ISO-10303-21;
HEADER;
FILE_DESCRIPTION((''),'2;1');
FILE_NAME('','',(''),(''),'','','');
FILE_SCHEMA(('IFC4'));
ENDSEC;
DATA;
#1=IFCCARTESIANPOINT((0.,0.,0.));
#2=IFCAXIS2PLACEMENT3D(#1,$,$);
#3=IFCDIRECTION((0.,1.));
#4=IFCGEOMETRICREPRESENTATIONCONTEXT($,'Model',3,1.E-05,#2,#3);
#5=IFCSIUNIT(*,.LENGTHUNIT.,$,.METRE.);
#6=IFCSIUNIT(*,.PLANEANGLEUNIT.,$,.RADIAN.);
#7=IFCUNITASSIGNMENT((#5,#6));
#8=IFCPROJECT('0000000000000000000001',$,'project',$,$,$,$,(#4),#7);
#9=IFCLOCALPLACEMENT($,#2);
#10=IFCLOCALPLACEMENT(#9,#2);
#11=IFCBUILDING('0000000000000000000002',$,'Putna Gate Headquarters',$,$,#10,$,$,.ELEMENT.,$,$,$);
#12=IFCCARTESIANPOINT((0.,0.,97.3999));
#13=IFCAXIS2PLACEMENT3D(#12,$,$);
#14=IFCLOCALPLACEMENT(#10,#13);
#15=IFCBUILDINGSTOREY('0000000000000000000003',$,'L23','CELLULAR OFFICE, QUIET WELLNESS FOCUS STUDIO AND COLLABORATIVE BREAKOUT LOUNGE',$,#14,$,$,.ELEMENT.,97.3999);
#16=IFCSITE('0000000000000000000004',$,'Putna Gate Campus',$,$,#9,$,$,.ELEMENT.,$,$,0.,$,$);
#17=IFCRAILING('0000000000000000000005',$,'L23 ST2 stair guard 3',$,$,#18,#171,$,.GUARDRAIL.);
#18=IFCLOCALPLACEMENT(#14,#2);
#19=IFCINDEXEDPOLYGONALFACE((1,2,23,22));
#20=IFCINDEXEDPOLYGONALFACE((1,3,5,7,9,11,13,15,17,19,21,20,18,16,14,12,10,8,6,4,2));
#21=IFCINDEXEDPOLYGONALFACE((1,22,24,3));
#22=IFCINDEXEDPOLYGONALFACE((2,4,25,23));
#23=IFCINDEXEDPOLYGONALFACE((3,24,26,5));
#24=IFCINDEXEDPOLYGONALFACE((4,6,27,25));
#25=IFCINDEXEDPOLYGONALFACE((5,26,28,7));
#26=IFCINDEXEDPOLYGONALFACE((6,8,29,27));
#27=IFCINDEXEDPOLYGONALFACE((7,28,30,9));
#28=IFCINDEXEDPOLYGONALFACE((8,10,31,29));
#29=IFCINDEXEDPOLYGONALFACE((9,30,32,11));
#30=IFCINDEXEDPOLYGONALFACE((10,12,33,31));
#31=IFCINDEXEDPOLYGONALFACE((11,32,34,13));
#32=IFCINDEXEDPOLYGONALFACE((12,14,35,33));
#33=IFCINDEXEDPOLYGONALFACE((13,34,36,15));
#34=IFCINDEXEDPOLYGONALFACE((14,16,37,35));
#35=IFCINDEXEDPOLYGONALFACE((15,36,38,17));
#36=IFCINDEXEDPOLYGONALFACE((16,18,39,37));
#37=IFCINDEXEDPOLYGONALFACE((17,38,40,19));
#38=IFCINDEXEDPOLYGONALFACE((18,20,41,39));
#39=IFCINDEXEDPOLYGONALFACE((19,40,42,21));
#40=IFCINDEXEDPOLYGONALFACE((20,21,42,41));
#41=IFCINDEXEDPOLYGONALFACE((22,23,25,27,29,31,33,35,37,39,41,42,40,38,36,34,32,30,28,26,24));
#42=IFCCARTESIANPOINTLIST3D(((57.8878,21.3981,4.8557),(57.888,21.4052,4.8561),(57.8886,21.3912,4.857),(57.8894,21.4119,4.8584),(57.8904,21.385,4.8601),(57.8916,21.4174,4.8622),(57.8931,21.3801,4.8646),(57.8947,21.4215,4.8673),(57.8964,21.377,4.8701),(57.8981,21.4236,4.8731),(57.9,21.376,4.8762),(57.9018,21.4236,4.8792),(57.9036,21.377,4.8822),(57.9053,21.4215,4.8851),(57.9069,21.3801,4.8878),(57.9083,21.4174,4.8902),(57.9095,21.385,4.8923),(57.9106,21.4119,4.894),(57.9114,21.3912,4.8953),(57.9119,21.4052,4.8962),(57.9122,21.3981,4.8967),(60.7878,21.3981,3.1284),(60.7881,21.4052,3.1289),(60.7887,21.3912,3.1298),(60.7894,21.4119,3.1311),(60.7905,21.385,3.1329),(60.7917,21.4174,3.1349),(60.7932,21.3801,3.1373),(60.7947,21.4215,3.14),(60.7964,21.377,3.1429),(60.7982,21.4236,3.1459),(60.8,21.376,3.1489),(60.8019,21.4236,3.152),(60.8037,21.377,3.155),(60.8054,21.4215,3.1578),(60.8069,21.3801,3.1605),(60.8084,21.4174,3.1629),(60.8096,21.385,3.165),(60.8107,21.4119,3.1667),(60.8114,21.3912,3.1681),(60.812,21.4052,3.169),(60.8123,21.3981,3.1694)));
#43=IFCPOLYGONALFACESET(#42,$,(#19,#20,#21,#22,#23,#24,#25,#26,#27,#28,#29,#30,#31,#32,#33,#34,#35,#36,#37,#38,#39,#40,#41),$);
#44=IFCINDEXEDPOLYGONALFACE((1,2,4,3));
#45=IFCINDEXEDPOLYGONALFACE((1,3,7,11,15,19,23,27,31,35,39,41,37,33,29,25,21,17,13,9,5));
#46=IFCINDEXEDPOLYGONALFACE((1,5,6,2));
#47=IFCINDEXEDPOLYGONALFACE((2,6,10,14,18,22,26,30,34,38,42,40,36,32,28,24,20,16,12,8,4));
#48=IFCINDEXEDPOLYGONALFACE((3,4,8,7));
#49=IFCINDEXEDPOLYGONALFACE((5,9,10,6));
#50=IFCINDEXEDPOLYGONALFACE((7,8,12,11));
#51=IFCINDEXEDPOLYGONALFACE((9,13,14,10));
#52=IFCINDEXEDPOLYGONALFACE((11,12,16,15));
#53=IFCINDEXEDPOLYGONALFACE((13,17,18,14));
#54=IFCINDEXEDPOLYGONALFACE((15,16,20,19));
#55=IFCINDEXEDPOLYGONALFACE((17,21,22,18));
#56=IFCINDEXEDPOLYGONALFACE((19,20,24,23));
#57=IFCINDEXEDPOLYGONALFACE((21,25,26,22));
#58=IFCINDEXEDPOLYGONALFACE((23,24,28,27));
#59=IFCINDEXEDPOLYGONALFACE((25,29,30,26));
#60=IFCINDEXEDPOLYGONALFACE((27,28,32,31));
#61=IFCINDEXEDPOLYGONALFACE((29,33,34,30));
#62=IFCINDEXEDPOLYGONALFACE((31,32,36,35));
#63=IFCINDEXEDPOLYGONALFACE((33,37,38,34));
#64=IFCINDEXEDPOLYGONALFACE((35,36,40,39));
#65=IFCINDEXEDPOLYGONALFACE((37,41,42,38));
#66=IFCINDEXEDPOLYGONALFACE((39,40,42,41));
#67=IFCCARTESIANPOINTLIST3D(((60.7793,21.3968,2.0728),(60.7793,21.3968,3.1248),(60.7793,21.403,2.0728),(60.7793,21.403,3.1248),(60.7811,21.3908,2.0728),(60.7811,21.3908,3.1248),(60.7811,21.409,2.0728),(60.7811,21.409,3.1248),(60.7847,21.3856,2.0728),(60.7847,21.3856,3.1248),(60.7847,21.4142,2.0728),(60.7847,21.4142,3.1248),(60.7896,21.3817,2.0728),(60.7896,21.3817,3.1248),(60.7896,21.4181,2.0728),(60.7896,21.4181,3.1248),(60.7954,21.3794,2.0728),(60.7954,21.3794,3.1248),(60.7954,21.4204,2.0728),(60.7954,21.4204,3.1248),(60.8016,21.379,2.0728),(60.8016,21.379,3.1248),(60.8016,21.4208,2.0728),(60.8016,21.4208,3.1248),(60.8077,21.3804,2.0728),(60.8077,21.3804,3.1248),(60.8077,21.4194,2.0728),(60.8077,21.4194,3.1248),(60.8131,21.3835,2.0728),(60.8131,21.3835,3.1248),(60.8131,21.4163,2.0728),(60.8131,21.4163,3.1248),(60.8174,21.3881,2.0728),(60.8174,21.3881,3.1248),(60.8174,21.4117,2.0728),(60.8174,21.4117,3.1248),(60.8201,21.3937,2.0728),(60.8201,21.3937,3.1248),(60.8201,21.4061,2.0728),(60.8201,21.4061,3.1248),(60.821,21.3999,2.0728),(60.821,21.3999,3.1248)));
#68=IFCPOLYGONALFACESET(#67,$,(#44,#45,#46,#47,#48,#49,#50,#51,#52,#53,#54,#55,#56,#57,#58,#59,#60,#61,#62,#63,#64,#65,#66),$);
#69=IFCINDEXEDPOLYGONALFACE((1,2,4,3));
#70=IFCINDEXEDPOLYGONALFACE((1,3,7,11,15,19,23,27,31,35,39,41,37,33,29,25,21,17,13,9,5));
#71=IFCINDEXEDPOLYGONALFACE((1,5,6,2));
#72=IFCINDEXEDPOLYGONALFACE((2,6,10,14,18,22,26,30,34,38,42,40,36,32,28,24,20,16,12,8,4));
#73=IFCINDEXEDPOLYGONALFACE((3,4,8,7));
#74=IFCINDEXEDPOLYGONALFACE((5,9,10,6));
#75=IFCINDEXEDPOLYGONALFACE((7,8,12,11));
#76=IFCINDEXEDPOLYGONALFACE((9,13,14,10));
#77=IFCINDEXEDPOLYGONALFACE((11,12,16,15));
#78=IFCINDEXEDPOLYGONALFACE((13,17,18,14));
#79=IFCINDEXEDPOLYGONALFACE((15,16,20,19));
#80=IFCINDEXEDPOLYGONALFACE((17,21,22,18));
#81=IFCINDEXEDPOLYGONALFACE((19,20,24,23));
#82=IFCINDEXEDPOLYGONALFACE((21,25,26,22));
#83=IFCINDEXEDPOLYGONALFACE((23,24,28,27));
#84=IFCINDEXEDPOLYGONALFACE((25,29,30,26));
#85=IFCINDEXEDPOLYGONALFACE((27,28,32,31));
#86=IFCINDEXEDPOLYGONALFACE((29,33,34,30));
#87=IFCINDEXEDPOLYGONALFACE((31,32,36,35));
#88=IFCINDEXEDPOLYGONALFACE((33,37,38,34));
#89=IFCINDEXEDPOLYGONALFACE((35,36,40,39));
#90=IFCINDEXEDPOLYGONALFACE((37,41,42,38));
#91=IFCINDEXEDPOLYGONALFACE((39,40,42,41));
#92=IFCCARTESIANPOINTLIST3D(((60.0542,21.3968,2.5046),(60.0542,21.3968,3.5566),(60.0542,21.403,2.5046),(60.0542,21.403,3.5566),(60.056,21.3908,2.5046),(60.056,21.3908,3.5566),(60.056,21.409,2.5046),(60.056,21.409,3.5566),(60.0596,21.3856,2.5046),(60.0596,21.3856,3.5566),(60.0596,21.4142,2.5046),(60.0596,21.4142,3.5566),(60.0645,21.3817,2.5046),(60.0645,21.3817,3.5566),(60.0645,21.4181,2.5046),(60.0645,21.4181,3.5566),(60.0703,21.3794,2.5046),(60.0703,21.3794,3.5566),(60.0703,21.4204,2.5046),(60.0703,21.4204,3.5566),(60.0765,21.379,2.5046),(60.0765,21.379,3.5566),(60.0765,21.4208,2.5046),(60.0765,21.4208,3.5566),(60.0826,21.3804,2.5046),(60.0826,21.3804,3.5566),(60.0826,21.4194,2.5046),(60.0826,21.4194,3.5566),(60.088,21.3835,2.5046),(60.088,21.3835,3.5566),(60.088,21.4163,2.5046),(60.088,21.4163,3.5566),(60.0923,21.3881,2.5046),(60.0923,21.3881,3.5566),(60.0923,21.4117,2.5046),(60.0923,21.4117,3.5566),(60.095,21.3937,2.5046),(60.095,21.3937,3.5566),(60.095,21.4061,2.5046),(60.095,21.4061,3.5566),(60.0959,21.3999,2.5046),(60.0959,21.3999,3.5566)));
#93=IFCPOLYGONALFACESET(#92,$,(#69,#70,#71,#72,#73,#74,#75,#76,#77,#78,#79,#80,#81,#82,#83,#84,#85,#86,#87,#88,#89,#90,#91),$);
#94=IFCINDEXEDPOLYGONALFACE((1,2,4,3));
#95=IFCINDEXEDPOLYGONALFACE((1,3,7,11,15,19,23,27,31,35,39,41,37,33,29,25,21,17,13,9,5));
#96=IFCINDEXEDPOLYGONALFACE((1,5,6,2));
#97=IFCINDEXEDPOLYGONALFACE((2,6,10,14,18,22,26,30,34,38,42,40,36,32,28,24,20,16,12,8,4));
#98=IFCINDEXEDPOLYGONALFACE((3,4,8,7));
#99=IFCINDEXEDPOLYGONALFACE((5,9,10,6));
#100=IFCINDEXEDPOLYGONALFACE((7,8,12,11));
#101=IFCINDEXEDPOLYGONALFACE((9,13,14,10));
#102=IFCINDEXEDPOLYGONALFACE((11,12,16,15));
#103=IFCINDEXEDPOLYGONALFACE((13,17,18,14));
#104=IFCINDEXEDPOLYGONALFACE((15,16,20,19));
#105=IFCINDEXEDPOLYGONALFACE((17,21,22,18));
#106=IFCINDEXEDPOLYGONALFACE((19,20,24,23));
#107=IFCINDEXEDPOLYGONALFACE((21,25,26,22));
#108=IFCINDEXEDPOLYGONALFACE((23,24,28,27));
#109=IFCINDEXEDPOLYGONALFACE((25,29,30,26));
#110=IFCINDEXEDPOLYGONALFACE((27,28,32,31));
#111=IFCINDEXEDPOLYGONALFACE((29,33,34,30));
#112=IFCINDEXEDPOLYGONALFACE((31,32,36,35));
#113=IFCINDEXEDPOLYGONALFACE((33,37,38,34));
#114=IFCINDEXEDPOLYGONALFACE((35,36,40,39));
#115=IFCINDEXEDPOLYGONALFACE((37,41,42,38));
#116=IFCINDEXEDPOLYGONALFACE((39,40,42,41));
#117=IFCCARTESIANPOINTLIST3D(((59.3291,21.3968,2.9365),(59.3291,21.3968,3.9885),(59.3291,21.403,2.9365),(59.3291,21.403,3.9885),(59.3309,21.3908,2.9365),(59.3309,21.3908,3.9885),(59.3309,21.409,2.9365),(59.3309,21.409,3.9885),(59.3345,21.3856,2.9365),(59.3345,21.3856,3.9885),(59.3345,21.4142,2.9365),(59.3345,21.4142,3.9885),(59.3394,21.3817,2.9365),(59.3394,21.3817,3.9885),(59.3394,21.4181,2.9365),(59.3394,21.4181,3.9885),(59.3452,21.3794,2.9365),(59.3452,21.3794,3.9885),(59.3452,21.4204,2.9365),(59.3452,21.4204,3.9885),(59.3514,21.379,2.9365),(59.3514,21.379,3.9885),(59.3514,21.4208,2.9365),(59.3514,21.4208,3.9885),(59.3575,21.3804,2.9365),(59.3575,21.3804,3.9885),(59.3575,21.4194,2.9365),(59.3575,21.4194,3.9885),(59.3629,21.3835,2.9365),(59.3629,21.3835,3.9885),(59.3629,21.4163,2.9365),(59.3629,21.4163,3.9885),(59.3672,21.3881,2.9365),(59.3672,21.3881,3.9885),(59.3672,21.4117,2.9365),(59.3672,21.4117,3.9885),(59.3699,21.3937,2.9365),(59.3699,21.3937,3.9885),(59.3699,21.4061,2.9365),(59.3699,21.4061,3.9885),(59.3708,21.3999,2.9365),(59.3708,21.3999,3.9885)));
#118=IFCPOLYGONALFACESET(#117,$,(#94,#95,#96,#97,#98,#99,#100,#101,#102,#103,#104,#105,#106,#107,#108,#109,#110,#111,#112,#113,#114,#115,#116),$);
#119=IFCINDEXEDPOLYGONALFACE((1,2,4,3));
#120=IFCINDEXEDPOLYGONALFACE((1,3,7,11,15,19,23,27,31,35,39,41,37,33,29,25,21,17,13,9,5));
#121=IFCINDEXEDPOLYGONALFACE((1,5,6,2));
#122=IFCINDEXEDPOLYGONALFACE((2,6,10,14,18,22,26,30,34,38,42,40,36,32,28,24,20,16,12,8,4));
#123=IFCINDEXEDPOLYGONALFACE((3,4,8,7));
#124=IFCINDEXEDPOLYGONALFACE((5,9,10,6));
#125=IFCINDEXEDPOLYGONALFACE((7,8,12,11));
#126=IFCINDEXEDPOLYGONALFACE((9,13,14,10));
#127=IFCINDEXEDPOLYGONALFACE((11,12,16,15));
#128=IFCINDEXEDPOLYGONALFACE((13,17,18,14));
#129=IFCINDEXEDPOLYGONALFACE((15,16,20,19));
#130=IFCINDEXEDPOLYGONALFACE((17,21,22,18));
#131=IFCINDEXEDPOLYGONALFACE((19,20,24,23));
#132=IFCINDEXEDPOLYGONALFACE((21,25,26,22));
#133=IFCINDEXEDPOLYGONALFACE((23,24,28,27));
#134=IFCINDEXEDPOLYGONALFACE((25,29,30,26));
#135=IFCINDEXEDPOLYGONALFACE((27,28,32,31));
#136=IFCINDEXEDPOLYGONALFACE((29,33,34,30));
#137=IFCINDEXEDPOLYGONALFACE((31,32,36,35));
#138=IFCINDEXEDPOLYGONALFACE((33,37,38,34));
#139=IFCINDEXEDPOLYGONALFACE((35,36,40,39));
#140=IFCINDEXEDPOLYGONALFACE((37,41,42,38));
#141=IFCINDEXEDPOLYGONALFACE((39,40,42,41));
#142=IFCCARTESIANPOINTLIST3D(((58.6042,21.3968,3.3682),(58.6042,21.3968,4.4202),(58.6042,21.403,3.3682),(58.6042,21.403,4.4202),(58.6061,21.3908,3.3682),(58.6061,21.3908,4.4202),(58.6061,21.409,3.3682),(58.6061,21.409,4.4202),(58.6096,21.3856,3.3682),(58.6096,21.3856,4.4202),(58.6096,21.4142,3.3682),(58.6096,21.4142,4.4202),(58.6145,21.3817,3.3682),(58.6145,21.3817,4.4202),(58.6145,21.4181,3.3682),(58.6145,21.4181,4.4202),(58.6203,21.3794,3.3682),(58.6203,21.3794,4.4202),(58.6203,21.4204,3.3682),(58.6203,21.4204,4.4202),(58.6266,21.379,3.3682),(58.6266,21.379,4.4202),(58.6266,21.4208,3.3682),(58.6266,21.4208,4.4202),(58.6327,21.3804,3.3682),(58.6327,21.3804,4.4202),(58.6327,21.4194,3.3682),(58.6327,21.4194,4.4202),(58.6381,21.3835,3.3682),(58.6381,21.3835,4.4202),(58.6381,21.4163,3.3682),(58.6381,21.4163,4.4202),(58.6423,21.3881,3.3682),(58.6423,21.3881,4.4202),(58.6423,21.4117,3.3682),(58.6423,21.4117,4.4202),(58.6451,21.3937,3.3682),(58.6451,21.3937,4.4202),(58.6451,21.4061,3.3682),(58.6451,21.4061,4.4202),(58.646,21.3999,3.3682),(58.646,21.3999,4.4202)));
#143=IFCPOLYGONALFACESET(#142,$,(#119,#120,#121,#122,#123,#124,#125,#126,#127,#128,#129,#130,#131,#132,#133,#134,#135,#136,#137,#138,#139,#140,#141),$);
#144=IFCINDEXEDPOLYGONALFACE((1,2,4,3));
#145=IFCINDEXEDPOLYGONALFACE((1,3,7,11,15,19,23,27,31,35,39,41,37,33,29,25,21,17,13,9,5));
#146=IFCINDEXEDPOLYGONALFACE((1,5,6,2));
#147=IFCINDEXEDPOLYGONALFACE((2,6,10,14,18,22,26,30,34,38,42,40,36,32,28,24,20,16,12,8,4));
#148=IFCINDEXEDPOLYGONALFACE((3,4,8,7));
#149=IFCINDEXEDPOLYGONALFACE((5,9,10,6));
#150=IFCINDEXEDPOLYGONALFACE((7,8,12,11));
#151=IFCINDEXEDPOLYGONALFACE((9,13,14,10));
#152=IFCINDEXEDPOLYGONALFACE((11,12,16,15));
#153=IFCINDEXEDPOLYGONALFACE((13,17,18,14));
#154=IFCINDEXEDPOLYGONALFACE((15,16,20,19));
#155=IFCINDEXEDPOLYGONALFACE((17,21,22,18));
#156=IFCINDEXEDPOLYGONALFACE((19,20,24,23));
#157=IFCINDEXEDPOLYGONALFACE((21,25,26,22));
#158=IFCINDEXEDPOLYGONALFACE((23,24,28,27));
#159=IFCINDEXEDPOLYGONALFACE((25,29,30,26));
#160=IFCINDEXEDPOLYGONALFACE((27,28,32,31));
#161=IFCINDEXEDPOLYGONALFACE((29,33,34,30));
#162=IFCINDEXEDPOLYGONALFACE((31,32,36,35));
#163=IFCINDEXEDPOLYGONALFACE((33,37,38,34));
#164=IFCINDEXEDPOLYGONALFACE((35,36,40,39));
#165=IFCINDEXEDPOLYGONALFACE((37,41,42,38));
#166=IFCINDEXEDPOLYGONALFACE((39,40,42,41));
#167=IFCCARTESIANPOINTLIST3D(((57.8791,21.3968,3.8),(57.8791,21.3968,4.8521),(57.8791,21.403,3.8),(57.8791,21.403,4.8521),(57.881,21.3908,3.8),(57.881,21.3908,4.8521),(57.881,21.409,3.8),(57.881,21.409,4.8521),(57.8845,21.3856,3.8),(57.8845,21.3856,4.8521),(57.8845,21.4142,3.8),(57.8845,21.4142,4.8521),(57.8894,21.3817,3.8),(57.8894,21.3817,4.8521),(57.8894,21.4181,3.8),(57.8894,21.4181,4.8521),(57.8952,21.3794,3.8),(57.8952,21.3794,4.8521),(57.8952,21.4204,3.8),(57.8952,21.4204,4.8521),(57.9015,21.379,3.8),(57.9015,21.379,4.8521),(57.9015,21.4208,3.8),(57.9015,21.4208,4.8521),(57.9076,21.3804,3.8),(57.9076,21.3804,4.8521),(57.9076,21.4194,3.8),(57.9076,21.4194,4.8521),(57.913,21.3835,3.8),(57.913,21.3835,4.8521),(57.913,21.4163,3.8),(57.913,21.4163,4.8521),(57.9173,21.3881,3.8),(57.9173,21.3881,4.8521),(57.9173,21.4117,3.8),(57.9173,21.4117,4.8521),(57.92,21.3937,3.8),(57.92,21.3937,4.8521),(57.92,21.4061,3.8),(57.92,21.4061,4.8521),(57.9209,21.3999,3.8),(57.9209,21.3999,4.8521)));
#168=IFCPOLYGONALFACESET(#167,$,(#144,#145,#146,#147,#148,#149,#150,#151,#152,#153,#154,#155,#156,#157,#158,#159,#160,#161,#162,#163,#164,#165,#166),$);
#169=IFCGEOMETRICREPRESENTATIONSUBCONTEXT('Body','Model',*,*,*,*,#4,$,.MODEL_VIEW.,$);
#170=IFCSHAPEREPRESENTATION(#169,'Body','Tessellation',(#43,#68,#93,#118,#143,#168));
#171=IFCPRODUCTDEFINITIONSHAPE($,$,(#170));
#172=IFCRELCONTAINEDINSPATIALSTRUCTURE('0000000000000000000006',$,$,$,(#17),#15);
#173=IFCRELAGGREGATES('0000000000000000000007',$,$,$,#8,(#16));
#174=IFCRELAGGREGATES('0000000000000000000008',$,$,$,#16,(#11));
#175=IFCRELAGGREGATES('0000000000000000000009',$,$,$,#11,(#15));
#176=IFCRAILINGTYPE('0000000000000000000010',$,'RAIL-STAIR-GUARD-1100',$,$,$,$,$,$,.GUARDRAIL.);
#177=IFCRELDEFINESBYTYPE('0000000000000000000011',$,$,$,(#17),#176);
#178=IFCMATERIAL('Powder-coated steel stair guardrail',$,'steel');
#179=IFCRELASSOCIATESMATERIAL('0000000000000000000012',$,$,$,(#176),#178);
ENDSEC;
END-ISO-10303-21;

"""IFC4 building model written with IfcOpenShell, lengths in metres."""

from ifc_helpers import new_model, si_unit, direction, frame, origin, origin_2d, place, context, subcontext, project, spatial, circle, extrude, material, type_object, element, save


model = new_model("IFC4")

# Units and contexts
model_context = context("Model", 3, precision=1e-05, world=origin(), true_north=direction((0.0, 1.0)))
body_context = subcontext(model_context, "Body", "Model", "MODEL_VIEW")
ifc_project = project(units=[si_unit("LENGTHUNIT", "METRE"), si_unit("PLANEANGLEUNIT", "RADIAN")], contexts=[model_context])

# Site, building, storey
site_placement = place(None, origin())
site = spatial("IfcSite", under=ifc_project, at=site_placement, Name="Putna Gate Campus", CompositionType="ELEMENT", RefElevation=0.0)
building_placement = place(site_placement, origin())
building = spatial("IfcBuilding", under=site, at=building_placement, Name="Putna Gate Headquarters", CompositionType="ELEMENT")
storey_placement = place(building_placement, frame((0.0, 0.0, 97.3999)))
storey = spatial("IfcBuildingStorey", under=building, at=storey_placement, Name="L23", Description="CELLULAR OFFICE, QUIET WELLNESS FOCUS STUDIO AND COLLABORATIVE BREAKOUT LOUNGE", CompositionType="ELEMENT", Elevation=97.3999)

# Railing
ifc_material_1 = material(Name="Powder-coated steel stair guardrail", Category="steel")
railing_type_1 = type_object("IfcRailingType", Name="RAIL-STAIR-GUARD-1100", PredefinedType="GUARDRAIL", material=ifc_material_1)
railing_1_placement = place(storey_placement, frame((60.8, 21.3999, 2.0728)))
element("IfcRailing", 1, at=railing_1_placement, inside=storey, type_object=railing_type_1, Name="L23 ST2 stair guard 3", PredefinedType="GUARDRAIL", context=body_context, shape_type="SweptSolid", body=[
    extrude(circle(Radius=0.0239, at=origin_2d()), frame((0.0, 0.0, 1.0762), z_axis=(-0.85916, 0.0, 0.511706), x_axis=(0.0, -1.0, 0.0)), (0.0, 0.0, 1.0), 3.3755),
    extrude(circle(Radius=0.021, at=origin_2d()), origin(), (0.0, 0.0, 1.0), 1.052),
    extrude(circle(Radius=0.021, at=origin_2d()), frame((-0.7251, 0.0, 0.4319)), (0.0, 0.0, 1.0), 1.052),
    extrude(circle(Radius=0.021, at=origin_2d()), frame((-1.4502, 0.0, 0.8638)), (0.0, 0.0, 1.0), 1.052),
    extrude(circle(Radius=0.021, at=origin_2d()), frame((-2.175, 0.0, 1.2954)), (0.0, 0.0, 1.0), 1.052),
    extrude(circle(Radius=0.021, at=origin_2d()), frame((-2.9001, 0.0, 1.7273)), (0.0, 0.0, 1.0), 1.052),
])

save(model, "model.ifc")
